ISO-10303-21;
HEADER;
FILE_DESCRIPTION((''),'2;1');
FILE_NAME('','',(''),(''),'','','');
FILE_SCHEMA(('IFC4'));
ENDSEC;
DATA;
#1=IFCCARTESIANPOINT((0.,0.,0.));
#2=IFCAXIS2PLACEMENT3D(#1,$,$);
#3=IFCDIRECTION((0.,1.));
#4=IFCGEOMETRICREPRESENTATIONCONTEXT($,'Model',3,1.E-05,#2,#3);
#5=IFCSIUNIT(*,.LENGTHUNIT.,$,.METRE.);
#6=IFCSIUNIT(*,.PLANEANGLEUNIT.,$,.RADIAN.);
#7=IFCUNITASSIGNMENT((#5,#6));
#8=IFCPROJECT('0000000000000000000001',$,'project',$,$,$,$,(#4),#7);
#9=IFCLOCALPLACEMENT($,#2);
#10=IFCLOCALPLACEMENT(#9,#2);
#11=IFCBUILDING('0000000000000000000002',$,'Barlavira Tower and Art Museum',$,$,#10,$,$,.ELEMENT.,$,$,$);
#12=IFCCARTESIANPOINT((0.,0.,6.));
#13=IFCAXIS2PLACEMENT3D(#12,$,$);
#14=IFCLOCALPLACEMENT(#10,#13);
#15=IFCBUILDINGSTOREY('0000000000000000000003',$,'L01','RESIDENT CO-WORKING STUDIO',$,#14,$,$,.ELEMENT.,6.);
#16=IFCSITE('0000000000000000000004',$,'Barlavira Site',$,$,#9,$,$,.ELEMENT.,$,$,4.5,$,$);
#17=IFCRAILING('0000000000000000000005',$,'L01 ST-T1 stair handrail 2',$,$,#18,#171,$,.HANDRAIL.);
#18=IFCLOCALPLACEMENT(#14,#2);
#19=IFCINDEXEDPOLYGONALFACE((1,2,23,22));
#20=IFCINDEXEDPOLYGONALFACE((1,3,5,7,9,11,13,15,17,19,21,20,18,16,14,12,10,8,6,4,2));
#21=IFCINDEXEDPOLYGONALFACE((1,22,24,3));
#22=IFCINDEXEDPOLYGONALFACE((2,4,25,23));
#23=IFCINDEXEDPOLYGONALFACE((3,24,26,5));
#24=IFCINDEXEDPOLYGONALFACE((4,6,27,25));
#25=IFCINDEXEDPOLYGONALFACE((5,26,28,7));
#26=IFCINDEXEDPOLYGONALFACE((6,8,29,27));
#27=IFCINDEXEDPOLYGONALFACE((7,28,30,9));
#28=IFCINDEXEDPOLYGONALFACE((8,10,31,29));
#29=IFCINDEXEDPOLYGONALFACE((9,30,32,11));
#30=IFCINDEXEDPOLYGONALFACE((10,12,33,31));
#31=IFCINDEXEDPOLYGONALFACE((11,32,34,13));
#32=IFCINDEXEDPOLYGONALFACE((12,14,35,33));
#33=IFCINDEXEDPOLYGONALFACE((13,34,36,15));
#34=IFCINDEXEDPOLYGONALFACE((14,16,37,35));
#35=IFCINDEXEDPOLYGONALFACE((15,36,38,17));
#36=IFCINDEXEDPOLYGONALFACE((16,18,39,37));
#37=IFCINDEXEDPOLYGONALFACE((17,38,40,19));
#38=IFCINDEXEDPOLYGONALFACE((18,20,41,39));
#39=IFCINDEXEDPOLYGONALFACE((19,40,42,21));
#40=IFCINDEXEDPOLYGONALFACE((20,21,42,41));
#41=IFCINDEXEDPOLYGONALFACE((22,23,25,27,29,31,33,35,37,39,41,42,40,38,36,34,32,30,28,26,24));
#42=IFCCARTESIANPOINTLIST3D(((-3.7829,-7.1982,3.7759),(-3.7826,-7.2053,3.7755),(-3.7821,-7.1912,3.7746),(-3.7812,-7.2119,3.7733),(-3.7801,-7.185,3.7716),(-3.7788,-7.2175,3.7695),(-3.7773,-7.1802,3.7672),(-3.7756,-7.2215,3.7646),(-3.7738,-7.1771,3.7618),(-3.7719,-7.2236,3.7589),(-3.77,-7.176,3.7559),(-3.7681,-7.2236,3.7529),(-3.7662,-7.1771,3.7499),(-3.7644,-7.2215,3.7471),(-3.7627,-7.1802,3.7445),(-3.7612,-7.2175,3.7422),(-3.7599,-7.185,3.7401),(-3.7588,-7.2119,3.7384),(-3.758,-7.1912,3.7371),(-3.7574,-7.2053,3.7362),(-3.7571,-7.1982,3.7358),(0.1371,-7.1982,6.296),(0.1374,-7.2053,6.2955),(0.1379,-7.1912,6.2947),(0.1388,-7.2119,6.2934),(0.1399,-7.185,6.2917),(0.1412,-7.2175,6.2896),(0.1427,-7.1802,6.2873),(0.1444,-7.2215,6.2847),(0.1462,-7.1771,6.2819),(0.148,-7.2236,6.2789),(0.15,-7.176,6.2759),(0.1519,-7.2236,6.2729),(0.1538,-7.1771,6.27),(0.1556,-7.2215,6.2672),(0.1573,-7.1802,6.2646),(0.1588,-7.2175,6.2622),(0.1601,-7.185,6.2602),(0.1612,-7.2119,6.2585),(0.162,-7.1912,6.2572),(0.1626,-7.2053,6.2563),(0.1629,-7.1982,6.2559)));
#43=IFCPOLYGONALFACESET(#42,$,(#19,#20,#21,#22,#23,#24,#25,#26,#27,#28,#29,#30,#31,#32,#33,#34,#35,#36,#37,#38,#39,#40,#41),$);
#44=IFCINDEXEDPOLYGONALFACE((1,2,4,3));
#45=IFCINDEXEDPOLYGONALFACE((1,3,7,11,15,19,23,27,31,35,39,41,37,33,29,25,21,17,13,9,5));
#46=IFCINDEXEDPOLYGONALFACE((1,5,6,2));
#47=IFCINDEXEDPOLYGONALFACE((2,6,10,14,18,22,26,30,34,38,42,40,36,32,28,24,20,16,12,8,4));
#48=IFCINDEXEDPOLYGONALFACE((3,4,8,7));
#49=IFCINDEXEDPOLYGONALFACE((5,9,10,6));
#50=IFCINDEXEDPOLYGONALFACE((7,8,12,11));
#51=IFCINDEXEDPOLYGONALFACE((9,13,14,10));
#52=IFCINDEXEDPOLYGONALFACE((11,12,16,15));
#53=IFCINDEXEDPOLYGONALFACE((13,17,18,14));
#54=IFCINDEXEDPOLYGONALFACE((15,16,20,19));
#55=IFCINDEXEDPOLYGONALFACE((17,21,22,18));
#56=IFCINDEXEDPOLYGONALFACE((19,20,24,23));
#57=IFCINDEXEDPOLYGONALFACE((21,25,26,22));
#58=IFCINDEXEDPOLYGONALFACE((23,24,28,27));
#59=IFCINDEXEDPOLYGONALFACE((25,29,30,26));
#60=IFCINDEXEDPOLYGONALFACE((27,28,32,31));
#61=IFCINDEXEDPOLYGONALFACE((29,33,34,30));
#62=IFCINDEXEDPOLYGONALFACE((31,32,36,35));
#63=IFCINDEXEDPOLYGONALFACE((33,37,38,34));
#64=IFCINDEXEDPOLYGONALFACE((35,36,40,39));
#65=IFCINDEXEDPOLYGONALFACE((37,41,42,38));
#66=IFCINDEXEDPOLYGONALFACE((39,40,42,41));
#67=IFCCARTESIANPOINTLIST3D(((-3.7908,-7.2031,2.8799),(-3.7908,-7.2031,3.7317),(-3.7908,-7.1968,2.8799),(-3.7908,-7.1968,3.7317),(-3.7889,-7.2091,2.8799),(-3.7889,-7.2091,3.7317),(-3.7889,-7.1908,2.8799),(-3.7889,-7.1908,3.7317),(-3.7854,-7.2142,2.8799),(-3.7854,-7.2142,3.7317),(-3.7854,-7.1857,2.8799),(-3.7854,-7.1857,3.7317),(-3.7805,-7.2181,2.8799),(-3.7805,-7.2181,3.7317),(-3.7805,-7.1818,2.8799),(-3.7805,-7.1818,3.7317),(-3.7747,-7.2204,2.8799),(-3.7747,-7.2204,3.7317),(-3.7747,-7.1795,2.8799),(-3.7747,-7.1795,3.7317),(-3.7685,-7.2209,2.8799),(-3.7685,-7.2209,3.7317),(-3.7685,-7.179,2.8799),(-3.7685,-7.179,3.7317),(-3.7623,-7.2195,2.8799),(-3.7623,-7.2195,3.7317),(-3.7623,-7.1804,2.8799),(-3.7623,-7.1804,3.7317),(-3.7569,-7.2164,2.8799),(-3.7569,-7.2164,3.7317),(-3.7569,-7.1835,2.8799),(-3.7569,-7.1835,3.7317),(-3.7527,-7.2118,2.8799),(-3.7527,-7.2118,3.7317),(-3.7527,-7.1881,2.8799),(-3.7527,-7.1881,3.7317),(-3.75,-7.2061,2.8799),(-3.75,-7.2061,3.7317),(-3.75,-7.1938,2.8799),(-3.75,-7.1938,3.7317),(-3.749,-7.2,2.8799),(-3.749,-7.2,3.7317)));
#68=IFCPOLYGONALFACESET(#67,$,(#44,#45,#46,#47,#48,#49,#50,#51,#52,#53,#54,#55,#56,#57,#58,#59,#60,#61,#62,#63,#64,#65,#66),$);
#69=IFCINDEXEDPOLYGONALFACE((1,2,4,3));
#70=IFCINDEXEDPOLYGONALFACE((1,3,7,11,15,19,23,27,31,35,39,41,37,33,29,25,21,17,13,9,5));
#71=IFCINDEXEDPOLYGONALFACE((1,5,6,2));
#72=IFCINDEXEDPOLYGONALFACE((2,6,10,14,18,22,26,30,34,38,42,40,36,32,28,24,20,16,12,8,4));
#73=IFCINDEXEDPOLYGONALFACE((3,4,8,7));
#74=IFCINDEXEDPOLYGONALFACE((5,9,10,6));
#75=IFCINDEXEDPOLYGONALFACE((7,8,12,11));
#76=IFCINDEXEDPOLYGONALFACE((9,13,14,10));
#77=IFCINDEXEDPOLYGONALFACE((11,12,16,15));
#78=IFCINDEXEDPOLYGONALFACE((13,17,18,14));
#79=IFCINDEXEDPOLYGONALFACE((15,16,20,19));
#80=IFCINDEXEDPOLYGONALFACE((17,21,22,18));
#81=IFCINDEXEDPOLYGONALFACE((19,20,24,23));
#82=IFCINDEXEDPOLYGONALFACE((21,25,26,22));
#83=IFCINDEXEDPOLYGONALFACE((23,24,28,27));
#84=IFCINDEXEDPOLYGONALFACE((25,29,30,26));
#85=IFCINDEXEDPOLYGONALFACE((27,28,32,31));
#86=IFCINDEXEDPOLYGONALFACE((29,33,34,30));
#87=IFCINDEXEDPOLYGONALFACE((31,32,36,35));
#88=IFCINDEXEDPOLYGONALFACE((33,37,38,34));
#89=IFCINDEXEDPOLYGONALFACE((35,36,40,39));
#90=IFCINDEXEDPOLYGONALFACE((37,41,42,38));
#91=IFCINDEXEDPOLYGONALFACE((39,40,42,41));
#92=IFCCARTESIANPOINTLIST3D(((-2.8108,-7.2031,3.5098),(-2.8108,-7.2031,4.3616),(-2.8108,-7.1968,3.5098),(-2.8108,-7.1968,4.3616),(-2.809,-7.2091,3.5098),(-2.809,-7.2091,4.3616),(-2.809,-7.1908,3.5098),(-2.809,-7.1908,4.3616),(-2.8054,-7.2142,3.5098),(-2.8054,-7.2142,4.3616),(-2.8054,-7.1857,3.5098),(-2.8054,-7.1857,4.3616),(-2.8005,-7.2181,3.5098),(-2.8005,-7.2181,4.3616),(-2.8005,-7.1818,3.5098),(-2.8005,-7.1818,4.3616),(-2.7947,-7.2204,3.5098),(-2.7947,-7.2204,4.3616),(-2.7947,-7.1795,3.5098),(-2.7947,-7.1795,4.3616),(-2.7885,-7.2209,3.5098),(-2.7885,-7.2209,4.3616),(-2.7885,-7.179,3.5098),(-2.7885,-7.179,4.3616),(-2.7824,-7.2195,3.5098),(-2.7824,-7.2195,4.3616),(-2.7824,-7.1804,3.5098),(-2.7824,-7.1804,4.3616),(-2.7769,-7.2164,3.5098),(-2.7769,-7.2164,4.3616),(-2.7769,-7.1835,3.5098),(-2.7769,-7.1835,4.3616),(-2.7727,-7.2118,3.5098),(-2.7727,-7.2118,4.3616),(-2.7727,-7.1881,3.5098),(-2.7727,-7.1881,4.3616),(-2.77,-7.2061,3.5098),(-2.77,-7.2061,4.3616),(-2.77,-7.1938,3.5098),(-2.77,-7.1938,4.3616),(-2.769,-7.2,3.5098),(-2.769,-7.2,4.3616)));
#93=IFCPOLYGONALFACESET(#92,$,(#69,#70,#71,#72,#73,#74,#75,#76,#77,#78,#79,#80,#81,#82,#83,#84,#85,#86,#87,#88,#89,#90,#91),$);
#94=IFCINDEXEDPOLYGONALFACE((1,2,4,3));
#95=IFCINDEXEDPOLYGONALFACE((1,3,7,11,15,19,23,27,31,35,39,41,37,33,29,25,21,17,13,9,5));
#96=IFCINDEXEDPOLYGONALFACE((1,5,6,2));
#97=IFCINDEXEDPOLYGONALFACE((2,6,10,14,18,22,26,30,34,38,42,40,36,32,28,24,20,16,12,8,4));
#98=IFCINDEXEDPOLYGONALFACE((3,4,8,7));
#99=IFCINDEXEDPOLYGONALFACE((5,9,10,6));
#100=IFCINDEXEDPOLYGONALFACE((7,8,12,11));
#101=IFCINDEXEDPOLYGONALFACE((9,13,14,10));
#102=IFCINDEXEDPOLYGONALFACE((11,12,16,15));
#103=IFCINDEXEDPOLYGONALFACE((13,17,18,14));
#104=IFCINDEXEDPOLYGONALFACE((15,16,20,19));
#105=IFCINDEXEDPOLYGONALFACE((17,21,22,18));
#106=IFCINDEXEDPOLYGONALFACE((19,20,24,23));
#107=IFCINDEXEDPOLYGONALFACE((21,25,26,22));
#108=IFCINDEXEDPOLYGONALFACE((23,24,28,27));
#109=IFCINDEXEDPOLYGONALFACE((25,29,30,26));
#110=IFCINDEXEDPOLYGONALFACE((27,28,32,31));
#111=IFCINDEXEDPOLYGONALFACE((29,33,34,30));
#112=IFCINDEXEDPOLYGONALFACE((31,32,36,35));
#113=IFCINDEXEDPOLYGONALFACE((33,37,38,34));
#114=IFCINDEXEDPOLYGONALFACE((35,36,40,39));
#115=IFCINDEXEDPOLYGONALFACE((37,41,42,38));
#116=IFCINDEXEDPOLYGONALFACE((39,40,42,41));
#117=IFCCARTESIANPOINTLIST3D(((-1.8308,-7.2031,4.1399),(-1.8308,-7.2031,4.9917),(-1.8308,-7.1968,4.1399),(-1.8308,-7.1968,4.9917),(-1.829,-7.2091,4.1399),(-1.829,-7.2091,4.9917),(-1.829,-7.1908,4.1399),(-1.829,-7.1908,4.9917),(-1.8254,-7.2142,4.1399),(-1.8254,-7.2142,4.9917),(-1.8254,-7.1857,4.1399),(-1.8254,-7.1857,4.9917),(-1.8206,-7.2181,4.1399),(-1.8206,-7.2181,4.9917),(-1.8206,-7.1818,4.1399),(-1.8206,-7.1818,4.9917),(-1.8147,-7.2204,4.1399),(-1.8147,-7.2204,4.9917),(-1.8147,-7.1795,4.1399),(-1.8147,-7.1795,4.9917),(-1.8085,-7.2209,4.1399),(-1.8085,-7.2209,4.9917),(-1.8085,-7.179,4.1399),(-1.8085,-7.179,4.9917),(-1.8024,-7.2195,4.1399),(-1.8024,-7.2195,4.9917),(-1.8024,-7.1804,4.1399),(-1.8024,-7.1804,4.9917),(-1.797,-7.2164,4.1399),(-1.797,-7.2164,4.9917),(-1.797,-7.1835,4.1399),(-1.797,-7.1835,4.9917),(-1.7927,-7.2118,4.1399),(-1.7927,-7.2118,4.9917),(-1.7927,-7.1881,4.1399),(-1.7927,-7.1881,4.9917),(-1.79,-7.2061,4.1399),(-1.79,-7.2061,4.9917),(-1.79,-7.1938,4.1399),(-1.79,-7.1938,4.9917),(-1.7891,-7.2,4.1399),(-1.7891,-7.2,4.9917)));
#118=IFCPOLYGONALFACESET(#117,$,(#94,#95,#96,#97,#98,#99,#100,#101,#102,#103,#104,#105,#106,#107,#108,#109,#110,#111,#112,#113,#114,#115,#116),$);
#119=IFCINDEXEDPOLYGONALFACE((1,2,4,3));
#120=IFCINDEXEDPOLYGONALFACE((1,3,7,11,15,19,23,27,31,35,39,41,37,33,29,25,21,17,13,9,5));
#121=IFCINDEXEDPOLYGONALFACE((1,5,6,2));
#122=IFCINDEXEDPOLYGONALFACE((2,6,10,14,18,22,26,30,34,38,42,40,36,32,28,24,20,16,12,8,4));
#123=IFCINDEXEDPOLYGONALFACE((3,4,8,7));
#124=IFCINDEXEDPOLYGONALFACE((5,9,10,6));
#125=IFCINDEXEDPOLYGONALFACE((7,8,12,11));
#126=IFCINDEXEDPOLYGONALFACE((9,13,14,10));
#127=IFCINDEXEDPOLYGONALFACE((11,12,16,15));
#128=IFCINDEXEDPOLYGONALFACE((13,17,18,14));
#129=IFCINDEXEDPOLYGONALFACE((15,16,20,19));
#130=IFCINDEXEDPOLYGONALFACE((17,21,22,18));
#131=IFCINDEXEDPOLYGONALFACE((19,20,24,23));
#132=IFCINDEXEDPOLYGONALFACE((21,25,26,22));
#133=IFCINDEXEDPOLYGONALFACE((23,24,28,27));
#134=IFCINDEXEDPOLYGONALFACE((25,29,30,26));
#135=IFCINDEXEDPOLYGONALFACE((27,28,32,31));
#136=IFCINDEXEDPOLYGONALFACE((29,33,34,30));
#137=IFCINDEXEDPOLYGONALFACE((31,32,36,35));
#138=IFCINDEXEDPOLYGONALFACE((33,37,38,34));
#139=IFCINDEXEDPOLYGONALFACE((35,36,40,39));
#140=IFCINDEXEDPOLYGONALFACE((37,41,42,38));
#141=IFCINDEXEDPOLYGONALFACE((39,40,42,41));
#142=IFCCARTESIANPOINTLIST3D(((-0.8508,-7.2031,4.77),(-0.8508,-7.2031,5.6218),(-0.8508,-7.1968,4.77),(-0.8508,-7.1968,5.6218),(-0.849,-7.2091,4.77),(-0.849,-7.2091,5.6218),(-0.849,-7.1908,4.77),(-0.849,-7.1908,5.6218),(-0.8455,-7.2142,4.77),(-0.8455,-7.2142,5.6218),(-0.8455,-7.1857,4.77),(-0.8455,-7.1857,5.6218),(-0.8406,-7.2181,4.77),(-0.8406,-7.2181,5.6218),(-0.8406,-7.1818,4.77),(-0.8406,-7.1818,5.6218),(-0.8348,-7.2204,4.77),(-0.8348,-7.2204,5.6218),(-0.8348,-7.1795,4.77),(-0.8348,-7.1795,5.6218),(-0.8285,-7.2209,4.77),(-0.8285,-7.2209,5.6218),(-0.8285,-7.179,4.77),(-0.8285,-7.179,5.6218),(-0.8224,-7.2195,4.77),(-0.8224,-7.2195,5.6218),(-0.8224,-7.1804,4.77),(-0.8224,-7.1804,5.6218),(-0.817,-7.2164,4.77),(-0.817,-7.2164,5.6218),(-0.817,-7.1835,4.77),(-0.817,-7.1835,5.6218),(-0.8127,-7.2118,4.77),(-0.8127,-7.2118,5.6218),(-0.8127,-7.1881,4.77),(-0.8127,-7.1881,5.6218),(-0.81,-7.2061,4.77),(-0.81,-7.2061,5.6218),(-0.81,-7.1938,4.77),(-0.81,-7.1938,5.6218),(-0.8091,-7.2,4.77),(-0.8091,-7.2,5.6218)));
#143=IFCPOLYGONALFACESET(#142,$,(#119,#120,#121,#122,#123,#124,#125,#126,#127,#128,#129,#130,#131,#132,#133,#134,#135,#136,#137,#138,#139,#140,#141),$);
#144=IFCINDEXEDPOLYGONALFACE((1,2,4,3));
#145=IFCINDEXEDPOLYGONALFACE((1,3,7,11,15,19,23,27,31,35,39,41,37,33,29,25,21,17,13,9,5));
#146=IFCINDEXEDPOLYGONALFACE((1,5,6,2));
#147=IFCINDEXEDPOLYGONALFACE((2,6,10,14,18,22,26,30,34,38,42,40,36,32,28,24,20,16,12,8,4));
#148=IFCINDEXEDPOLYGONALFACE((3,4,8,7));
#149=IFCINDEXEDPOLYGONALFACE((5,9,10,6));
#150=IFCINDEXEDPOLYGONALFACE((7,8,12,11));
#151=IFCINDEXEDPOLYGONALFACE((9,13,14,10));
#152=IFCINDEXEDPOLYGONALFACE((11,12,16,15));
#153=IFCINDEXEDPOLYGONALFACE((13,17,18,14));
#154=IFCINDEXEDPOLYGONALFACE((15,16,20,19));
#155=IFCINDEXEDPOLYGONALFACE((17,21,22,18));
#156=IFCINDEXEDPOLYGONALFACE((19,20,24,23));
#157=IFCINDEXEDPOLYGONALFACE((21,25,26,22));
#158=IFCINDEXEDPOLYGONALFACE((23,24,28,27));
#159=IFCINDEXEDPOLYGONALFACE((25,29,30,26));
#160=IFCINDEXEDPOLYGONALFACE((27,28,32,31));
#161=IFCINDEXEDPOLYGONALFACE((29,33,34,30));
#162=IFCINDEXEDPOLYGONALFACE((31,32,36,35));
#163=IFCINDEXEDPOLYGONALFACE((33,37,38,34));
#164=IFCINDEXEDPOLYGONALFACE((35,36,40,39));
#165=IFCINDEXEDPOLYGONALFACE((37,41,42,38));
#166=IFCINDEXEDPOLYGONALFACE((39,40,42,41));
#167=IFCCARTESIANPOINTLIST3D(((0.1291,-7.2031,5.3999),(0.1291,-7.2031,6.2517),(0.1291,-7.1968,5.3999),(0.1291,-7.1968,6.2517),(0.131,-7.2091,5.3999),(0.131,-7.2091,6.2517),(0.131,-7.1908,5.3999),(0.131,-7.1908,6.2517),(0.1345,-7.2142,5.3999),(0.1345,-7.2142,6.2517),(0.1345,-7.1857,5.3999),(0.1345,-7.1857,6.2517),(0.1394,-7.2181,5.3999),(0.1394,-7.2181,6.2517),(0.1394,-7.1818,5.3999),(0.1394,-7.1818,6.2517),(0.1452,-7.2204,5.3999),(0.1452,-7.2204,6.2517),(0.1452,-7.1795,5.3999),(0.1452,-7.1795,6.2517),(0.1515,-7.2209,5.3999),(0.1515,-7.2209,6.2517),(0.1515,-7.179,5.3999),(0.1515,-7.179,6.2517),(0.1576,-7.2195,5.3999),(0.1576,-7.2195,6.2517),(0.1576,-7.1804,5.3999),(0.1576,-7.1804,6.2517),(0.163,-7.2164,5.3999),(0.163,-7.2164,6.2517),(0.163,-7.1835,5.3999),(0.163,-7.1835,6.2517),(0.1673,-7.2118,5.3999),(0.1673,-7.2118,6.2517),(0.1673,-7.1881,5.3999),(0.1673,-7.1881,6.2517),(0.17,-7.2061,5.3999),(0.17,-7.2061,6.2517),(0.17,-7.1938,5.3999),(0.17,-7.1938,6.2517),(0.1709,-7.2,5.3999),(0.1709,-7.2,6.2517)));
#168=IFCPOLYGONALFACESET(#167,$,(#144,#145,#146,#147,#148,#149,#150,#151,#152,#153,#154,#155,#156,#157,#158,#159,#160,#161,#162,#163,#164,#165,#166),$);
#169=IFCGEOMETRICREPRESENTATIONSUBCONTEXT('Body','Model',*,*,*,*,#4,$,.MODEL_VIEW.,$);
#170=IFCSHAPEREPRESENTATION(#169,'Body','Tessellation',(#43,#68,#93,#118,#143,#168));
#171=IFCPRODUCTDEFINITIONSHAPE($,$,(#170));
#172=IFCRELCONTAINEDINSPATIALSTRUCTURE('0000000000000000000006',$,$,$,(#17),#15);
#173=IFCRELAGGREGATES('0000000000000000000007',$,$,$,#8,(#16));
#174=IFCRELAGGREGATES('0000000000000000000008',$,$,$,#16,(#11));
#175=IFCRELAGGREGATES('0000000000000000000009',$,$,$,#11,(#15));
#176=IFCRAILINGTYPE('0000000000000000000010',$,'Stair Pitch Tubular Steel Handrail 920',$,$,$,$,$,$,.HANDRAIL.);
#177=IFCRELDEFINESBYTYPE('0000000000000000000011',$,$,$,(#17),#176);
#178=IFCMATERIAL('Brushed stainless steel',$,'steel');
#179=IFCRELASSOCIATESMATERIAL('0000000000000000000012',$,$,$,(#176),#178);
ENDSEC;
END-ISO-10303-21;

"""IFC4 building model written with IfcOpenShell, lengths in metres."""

from ifc_helpers import new_model, si_unit, direction, frame, origin, origin_2d, place, context, subcontext, project, spatial, circle, extrude, material, type_object, element, save


model = new_model("IFC4")

# Units and contexts
model_context = context("Model", 3, precision=1e-05, world=origin(), true_north=direction((0.0, 1.0)))
body_context = subcontext(model_context, "Body", "Model", "MODEL_VIEW")
ifc_project = project(units=[si_unit("LENGTHUNIT", "METRE"), si_unit("PLANEANGLEUNIT", "RADIAN")], contexts=[model_context])

# Site, building, storey
site_placement = place(None, origin())
site = spatial("IfcSite", under=ifc_project, at=site_placement, Name="Barlavira Site", CompositionType="ELEMENT", RefElevation=4.5)
building_placement = place(site_placement, origin())
building = spatial("IfcBuilding", under=site, at=building_placement, Name="Barlavira Tower and Art Museum", CompositionType="ELEMENT")
storey_placement = place(building_placement, frame((0.0, 0.0, 6.0)))
storey = spatial("IfcBuildingStorey", under=building, at=storey_placement, Name="L01", Description="RESIDENT CO-WORKING STUDIO", CompositionType="ELEMENT", Elevation=6.0)

# Shared definitions
ifc_material_1 = material(Name="Brushed stainless steel", Category="steel")

# Railing
railing_type_1 = type_object("IfcRailingType", Name="Stair Pitch Tubular Steel Handrail 920", PredefinedType="HANDRAIL", material=ifc_material_1)
railing_1_placement = place(storey_placement, frame((-3.77, -7.2, 2.8799)))
element("IfcRailing", 1, at=railing_1_placement, inside=storey, type_object=railing_type_1, Name="L01 ST-T1 stair handrail 2", PredefinedType="HANDRAIL", context=body_context, shape_type="SweptSolid", body=[
    extrude(circle(Radius=0.0239, at=origin_2d()), frame((0.0, 0.0, 0.876), z_axis=(0.841172, 0.0, 0.540768), x_axis=(0.0, 1.0, 0.0)), (0.0, 0.0, 1.0), 4.6602),
    extrude(circle(Radius=0.021, at=origin_2d()), origin(), (0.0, 0.0, 1.0), 0.8518),
    extrude(circle(Radius=0.021, at=origin_2d()), frame((0.98, 0.0, 0.6299)), (0.0, 0.0, 1.0), 0.8518),
    extrude(circle(Radius=0.021, at=origin_2d()), frame((1.96, 0.0, 1.26)), (0.0, 0.0, 1.0), 0.8518),
    extrude(circle(Radius=0.021, at=origin_2d()), frame((2.9399, 0.0, 1.8901)), (0.0, 0.0, 1.0), 0.8518),
    extrude(circle(Radius=0.021, at=origin_2d()), frame((3.9199, 0.0, 2.52)), (0.0, 0.0, 1.0), 0.8518),
])

save(model, "model.ifc")
